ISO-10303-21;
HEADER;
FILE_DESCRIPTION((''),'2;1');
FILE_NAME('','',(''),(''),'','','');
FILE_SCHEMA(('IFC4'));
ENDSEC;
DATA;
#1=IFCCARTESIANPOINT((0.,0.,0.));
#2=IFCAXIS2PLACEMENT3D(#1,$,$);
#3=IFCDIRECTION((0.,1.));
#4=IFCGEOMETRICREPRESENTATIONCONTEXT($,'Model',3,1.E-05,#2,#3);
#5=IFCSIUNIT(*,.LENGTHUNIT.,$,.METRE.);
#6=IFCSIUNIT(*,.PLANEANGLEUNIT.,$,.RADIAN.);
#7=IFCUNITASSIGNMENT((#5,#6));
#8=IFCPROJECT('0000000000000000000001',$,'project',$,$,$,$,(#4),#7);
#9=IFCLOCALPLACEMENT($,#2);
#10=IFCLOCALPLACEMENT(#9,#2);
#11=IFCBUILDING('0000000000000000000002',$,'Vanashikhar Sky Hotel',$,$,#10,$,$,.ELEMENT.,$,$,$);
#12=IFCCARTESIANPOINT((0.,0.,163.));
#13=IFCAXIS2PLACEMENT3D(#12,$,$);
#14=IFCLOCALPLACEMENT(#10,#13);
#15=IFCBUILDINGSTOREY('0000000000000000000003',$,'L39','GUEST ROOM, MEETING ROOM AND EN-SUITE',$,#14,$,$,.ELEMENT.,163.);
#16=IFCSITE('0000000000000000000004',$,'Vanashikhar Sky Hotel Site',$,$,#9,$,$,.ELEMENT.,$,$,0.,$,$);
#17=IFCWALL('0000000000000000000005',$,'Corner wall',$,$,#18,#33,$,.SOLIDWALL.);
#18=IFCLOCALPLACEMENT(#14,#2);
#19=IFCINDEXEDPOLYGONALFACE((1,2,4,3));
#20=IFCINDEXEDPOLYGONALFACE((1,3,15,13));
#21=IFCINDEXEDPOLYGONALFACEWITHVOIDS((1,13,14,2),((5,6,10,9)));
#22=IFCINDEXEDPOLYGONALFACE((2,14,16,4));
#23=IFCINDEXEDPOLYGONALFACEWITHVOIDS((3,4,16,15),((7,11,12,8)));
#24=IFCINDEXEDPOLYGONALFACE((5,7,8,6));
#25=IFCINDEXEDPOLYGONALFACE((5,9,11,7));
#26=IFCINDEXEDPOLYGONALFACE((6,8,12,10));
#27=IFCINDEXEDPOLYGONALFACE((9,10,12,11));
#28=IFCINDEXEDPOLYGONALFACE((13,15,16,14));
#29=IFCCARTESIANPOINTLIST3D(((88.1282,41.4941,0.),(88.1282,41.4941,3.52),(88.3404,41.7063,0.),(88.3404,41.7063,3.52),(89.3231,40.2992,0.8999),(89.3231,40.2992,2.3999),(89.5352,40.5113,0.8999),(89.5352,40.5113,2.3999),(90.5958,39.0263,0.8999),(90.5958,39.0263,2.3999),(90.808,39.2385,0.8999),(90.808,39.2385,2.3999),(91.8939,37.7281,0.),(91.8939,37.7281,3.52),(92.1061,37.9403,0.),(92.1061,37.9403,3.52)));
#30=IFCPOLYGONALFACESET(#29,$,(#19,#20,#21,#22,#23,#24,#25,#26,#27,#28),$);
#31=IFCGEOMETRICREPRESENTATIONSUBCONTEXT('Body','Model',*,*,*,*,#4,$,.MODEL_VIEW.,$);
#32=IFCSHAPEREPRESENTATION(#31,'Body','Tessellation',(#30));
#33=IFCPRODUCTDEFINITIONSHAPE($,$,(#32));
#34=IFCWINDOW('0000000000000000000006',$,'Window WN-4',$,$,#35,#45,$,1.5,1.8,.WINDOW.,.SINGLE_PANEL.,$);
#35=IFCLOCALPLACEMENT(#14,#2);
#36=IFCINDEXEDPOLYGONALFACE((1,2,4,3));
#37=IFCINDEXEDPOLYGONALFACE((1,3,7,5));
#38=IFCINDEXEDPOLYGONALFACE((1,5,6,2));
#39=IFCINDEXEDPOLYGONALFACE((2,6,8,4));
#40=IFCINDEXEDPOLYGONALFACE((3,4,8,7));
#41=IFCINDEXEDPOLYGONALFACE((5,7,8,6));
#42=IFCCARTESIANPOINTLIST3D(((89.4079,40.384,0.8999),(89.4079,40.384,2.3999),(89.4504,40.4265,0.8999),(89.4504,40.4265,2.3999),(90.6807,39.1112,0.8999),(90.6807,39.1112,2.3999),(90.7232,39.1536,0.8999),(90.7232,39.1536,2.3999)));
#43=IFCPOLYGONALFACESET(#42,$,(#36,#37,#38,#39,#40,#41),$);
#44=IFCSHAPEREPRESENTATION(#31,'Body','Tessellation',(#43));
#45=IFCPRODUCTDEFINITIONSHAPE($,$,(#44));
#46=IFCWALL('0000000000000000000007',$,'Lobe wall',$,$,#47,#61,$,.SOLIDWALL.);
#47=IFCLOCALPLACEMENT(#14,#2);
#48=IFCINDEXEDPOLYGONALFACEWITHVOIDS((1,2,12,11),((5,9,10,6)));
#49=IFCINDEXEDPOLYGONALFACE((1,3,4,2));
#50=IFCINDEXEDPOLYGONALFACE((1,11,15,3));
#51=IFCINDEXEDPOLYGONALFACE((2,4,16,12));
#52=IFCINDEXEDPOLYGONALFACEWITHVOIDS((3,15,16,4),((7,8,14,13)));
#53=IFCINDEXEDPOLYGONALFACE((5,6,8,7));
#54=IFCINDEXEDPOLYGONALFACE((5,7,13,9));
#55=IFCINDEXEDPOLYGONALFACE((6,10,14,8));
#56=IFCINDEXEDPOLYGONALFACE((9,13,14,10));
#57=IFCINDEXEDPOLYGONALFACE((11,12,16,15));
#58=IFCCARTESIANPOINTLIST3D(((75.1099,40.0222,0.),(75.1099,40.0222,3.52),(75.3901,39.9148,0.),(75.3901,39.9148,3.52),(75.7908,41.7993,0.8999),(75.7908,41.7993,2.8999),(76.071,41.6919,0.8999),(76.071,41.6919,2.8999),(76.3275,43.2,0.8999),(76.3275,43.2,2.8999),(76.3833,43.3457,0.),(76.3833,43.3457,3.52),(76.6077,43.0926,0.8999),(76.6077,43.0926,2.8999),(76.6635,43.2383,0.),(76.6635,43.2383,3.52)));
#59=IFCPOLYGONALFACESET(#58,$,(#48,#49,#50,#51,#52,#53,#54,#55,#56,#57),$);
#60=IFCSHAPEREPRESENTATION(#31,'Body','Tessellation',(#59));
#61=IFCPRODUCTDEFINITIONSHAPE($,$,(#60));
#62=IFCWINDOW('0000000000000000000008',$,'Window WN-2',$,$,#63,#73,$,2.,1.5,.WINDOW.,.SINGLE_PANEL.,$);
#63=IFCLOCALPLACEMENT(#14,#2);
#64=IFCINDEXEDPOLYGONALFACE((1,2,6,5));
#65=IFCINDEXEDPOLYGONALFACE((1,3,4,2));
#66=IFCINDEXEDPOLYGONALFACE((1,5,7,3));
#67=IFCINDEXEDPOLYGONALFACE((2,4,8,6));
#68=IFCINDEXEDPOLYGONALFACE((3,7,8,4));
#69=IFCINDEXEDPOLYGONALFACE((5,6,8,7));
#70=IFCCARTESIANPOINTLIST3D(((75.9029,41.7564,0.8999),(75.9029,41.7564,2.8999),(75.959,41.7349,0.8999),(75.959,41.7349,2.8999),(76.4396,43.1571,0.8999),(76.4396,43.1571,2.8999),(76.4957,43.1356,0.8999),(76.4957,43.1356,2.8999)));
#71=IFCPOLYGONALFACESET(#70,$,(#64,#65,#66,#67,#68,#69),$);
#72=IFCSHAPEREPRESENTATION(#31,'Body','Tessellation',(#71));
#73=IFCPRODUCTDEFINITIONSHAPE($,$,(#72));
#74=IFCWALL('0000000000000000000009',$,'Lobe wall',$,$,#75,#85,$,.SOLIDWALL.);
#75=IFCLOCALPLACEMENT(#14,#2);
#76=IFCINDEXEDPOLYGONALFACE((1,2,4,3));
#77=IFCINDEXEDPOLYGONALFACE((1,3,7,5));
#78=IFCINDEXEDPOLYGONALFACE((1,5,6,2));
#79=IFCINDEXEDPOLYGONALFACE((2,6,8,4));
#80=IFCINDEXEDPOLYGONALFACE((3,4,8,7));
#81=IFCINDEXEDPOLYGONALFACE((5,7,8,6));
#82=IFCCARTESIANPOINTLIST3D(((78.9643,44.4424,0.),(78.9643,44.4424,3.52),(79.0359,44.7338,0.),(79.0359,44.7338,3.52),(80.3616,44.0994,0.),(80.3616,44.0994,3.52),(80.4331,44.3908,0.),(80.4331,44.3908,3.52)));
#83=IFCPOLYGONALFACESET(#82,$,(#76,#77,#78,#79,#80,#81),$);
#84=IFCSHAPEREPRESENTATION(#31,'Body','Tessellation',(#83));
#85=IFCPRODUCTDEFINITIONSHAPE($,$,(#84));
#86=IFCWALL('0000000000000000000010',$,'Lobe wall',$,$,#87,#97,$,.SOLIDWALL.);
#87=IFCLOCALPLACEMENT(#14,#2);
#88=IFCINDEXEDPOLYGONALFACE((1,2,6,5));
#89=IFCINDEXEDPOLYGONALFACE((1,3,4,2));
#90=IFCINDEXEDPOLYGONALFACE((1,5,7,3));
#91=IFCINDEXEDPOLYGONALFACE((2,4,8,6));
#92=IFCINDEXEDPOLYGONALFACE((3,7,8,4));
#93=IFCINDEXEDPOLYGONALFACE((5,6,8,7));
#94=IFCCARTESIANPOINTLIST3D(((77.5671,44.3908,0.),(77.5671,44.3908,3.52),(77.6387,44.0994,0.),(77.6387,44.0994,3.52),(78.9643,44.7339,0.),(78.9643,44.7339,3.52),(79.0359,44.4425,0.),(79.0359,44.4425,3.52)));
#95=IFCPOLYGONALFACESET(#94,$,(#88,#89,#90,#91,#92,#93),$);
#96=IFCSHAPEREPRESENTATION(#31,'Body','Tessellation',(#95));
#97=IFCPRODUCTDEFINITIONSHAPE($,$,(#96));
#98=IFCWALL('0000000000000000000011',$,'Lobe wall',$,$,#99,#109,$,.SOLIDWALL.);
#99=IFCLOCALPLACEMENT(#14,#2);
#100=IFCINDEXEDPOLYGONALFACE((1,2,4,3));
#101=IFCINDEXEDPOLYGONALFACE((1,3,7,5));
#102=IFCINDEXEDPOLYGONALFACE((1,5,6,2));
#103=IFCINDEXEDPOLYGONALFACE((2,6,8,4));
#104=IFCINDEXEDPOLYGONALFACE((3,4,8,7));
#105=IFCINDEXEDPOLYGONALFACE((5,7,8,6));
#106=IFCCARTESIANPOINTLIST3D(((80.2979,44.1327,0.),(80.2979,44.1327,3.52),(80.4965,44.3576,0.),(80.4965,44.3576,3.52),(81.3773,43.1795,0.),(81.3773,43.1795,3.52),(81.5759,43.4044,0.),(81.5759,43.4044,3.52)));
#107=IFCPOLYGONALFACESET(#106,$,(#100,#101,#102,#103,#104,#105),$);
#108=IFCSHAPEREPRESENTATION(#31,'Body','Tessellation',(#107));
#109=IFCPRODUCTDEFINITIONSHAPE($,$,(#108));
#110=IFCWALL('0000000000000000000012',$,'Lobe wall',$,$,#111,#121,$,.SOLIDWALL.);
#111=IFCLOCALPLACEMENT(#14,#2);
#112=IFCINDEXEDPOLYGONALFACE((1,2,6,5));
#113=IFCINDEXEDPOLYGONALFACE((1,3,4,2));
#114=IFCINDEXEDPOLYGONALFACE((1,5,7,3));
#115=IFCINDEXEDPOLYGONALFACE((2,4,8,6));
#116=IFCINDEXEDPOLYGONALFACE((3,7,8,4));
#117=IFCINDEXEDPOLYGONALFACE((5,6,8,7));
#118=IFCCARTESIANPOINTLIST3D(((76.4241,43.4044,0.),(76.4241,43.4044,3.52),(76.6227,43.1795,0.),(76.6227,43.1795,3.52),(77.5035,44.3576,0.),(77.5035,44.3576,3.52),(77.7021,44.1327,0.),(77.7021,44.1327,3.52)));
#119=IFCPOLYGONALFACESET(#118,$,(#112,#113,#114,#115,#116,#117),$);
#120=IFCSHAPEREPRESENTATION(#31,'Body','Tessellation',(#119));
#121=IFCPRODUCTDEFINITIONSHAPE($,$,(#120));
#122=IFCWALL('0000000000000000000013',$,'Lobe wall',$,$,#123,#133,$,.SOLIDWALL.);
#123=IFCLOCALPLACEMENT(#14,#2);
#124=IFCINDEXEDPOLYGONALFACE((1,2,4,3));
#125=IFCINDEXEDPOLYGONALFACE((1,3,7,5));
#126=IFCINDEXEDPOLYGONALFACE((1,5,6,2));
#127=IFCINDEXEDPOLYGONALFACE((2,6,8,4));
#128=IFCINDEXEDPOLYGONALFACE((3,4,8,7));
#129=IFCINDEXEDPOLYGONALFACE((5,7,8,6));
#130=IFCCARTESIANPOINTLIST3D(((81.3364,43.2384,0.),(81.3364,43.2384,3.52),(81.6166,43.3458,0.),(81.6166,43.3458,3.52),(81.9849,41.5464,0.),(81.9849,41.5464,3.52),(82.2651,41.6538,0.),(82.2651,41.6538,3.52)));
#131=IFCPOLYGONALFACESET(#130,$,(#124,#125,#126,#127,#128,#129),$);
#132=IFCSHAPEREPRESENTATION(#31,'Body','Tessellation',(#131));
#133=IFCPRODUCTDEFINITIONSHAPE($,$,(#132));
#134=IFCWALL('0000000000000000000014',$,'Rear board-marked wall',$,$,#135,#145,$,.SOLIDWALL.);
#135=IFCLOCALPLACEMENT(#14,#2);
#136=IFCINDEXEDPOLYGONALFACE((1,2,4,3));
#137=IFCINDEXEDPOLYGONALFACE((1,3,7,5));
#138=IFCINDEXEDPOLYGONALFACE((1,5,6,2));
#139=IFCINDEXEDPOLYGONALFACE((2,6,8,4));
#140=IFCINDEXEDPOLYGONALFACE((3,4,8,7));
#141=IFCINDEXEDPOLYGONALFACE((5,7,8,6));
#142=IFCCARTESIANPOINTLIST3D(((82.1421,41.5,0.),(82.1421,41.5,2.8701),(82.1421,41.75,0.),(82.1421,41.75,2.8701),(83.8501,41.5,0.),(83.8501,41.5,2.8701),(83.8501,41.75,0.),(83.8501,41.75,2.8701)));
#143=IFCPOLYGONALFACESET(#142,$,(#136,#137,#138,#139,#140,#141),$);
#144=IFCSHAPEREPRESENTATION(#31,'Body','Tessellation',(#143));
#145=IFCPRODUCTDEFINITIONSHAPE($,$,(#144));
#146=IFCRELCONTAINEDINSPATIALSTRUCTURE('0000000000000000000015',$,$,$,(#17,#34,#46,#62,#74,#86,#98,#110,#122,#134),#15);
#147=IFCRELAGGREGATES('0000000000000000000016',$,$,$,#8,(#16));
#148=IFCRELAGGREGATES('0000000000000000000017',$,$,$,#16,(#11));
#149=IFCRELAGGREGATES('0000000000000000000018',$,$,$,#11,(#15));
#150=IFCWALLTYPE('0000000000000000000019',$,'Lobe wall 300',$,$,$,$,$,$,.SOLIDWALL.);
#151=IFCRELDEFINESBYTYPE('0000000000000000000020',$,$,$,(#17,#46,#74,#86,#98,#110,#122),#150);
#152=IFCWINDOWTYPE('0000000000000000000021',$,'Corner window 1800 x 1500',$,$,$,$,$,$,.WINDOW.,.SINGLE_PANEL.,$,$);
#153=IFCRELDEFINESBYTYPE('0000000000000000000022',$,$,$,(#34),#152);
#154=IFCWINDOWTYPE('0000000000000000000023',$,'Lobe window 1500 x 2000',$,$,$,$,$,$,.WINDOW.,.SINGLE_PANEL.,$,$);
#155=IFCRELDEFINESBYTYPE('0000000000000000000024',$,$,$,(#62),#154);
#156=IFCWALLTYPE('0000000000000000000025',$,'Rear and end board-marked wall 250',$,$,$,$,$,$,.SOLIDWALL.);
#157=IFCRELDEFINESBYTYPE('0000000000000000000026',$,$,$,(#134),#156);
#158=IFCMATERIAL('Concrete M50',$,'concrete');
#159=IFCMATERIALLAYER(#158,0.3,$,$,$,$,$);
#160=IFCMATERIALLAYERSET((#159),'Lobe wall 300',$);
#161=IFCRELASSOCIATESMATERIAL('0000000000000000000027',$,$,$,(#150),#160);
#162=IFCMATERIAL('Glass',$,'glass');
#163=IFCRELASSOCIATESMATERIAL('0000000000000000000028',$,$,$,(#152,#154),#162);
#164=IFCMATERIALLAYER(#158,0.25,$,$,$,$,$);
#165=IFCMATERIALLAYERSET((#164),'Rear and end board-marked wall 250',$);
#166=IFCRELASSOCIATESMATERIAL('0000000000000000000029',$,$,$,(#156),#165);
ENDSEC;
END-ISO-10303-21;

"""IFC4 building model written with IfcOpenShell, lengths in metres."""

from ifc_helpers import new_model, si_unit, direction, frame, frame_2d, origin, place, context, subcontext, project, spatial, rectangle, extrude, source, transform, mapped, material, layer, layer_set, type_object, element, fill, save


model = new_model("IFC4")

# Units and contexts
model_context = context("Model", 3, precision=1e-05, world=origin(), true_north=direction((0.0, 1.0)))
body_context = subcontext(model_context, "Body", "Model", "MODEL_VIEW")
ifc_project = project(units=[si_unit("LENGTHUNIT", "METRE"), si_unit("PLANEANGLEUNIT", "RADIAN")], contexts=[model_context])

# Site, building, storey
site_placement = place(None, origin())
site = spatial("IfcSite", under=ifc_project, at=site_placement, Name="Vanashikhar Sky Hotel Site", CompositionType="ELEMENT", RefElevation=0.0)
building_placement = place(site_placement, origin())
building = spatial("IfcBuilding", under=site, at=building_placement, Name="Vanashikhar Sky Hotel", CompositionType="ELEMENT")
storey_placement = place(building_placement, frame((0.0, 0.0, 163.0)))
storey = spatial("IfcBuildingStorey", under=building, at=storey_placement, Name="L39", Description="GUEST ROOM, MEETING ROOM AND EN-SUITE", CompositionType="ELEMENT", Elevation=163.0)

# Walls, openings, windows
ifc_material_1 = material(Name="Concrete M50", Category="concrete")
ifc_layer_1 = layer(ifc_material_1, 0.3)
ifc_layer_set_1 = layer_set([ifc_layer_1], Name="Lobe wall 300")
wall_type_1 = type_object("IfcWallType", Name="Lobe wall 300", PredefinedType="SOLIDWALL", material=ifc_layer_set_1)
shared_shape_1 = source(origin(), body_context, "Body", "SweptSolid", [
    extrude(rectangle(XDim=5.3257, YDim=0.3, at=frame_2d((2.6628, 0.0))), origin(), (0.0, 0.0, 1.0), 3.52),
])
wall_1_placement = place(storey_placement, frame((92.0, 37.8342, 0.0), z_axis=(0.0, 0.0, 1.0), x_axis=(-0.707084, 0.70713, 0.0)))
wall_1 = element("IfcWall", 1, at=wall_1_placement, inside=storey, type_object=wall_type_1, Name="Corner wall", PredefinedType="SOLIDWALL", context=body_context, shape_type="MappedRepresentation", body=[
    mapped(shared_shape_1, transform((0.0, 0.0, 0.0), scale=1.0)),
])
shared_shape_2 = source(origin(), body_context, "Body", "SweptSolid", [
    extrude(rectangle(XDim=1.8, YDim=1.5, at=frame_2d((0.8999, 0.75))), frame((0.0, 0.1602, 0.0), z_axis=(0.0, -1.0, 0.0), x_axis=(1.0, 0.0, 0.0)), (0.0, 0.0, 1.0), 0.3201),
])
opening_1_placement = place(wall_1_placement, frame((1.8359, 0.0, 0.8999)))
opening_1 = element("IfcOpeningElement", 2, at=opening_1_placement, cuts=wall_1, PredefinedType="OPENING", context=body_context, shape_type="MappedRepresentation", body=[
    mapped(shared_shape_2, transform((0.0, 0.0, 0.0), scale=1.0)),
])
ifc_material_2 = material(Name="Glass", Category="glass")
window_type_1 = type_object("IfcWindowType", Name="Corner window 1800 x 1500", PartitioningType="SINGLE_PANEL", PredefinedType="WINDOW", material=ifc_material_2)
shared_shape_3 = source(origin(), body_context, "Body", "SweptSolid", [
    extrude(rectangle(XDim=1.8, YDim=1.5, at=frame_2d((0.8999, 0.75))), frame((0.0, 0.03, 0.0), z_axis=(0.0, -1.0, 0.0), x_axis=(1.0, 0.0, 0.0)), (0.0, 0.0, 1.0), 0.0601),
])
window_1_placement = place(opening_1_placement, origin())
window_1 = element("IfcWindow", 3, at=window_1_placement, inside=storey, type_object=window_type_1, Name="Window WN-4", OverallHeight=1.5, OverallWidth=1.8, PartitioningType="SINGLE_PANEL", PredefinedType="WINDOW", context=body_context, shape_type="MappedRepresentation", body=[
    mapped(shared_shape_3, transform((0.0, 0.0, 0.0), scale=1.0)),
])
fill(opening_1, window_1)
shared_shape_4 = source(origin(), body_context, "Body", "SweptSolid", [
    extrude(rectangle(XDim=3.5591, YDim=0.3, at=frame_2d((1.7795, 0.0))), origin(), (0.0, 0.0, 1.0), 3.52),
])
wall_2_placement = place(storey_placement, frame((76.5234, 43.292, 0.0), z_axis=(0.0, 0.0, 1.0), x_axis=(-0.357797, -0.933799, 0.0)))
wall_2 = element("IfcWall", 4, at=wall_2_placement, inside=storey, type_object=wall_type_1, Name="Lobe wall", PredefinedType="SOLIDWALL", context=body_context, shape_type="MappedRepresentation", body=[
    mapped(shared_shape_4, transform((0.0, 0.0, 0.0), scale=1.0)),
])
shared_shape_5 = source(origin(), body_context, "Body", "SweptSolid", [
    extrude(rectangle(XDim=1.5, YDim=2.0, at=frame_2d((0.75, 1.0))), frame((0.0, 0.1602, 0.0), z_axis=(0.0, -1.0, 0.0), x_axis=(1.0, 0.0, 0.0)), (0.0, 0.0, 1.0), 0.3201),
])
opening_2_placement = place(wall_2_placement, frame((0.156, 0.0, 0.8999)))
opening_2 = element("IfcOpeningElement", 5, at=opening_2_placement, cuts=wall_2, PredefinedType="OPENING", context=body_context, shape_type="MappedRepresentation", body=[
    mapped(shared_shape_5, transform((0.0, 0.0, 0.0), scale=1.0)),
])
window_type_2 = type_object("IfcWindowType", Name="Lobe window 1500 x 2000", PartitioningType="SINGLE_PANEL", PredefinedType="WINDOW", material=ifc_material_2)
shared_shape_6 = source(origin(), body_context, "Body", "SweptSolid", [
    extrude(rectangle(XDim=1.5, YDim=2.0, at=frame_2d((0.75, 1.0))), frame((0.0, 0.03, 0.0), z_axis=(0.0, -1.0, 0.0), x_axis=(1.0, 0.0, 0.0)), (0.0, 0.0, 1.0), 0.0601),
])
window_2_placement = place(opening_2_placement, origin())
window_2 = element("IfcWindow", 6, at=window_2_placement, inside=storey, type_object=window_type_2, Name="Window WN-2", OverallHeight=2.0, OverallWidth=1.5, PartitioningType="SINGLE_PANEL", PredefinedType="WINDOW", context=body_context, shape_type="MappedRepresentation", body=[
    mapped(shared_shape_6, transform((0.0, 0.0, 0.0), scale=1.0)),
])
fill(opening_2, window_2)

# Walls
shared_shape_7 = source(origin(), body_context, "Body", "SweptSolid", [
    extrude(rectangle(XDim=1.4387, YDim=0.3, at=frame_2d((0.7192, 0.0))), origin(), (0.0, 0.0, 1.0), 3.52),
])
for number, where, z_axis, x_axis, name in (
    (7, (80.3972, 44.2451, 0.0), (0.0, 0.0, 1.0), (-0.971162, 0.238421, 0.0), "Lobe wall"),
    (8, (79.0, 44.5881, 0.0), (0.0, 0.0, 1.0), (-0.971162, -0.238421, 0.0), "Lobe wall"),
):
    element("IfcWall", number, at=place(storey_placement, frame(where, z_axis=z_axis, x_axis=x_axis)), inside=storey, type_object=wall_type_1, Name=name, PredefinedType="SOLIDWALL", context=body_context, shape_type="MappedRepresentation", body=[
        mapped(shared_shape_7, transform((0.0, 0.0, 0.0), scale=1.0)),
    ])
shared_shape_8 = source(origin(), body_context, "Body", "SweptSolid", [
    extrude(rectangle(XDim=1.4399, YDim=0.3, at=frame_2d((0.72, 0.0))), origin(), (0.0, 0.0, 1.0), 3.52),
])
for number, where, z_axis, x_axis, name in (
    (9, (81.4766, 43.292, 0.0), (0.0, 0.0, 1.0), (-0.749576, 0.661919, 0.0), "Lobe wall"),
    (10, (77.6028, 44.2451, 0.0), (0.0, 0.0, 1.0), (-0.749576, -0.661919, 0.0), "Lobe wall"),
):
    element("IfcWall", number, at=place(storey_placement, frame(where, z_axis=z_axis, x_axis=x_axis)), inside=storey, type_object=wall_type_1, Name=name, PredefinedType="SOLIDWALL", context=body_context, shape_type="MappedRepresentation", body=[
        mapped(shared_shape_8, transform((0.0, 0.0, 0.0), scale=1.0)),
    ])
shared_shape_9 = source(origin(), body_context, "Body", "SweptSolid", [
    extrude(rectangle(XDim=1.812, YDim=0.3, at=frame_2d((0.906, 0.0))), origin(), (0.0, 0.0, 1.0), 3.52),
])
wall_3_placement = place(storey_placement, frame((82.125, 41.6001, 0.0), z_axis=(0.0, 0.0, 1.0), x_axis=(-0.357877, 0.933769, 0.0)))
element("IfcWall", 11, at=wall_3_placement, inside=storey, type_object=wall_type_1, Name="Lobe wall", PredefinedType="SOLIDWALL", context=body_context, shape_type="MappedRepresentation", body=[
    mapped(shared_shape_9, transform((0.0, 0.0, 0.0), scale=1.0)),
])
ifc_layer_2 = layer(ifc_material_1, 0.25)
ifc_layer_set_2 = layer_set([ifc_layer_2], Name="Rear and end board-marked wall 250")
wall_type_2 = type_object("IfcWallType", Name="Rear and end board-marked wall 250", PredefinedType="SOLIDWALL", material=ifc_layer_set_2)
shared_shape_10 = source(origin(), body_context, "Body", "SweptSolid", [
    extrude(rectangle(XDim=1.708, YDim=0.25, at=frame_2d((0.854, 0.0))), origin(), (0.0, 0.0, 1.0), 2.8701),
])
wall_4_placement = place(storey_placement, frame((83.8501, 41.625, 0.0), z_axis=(0.0, 0.0, 1.0), x_axis=(-1.0, 0.0, 0.0)))
element("IfcWall", 12, at=wall_4_placement, inside=storey, type_object=wall_type_2, Name="Rear board-marked wall", PredefinedType="SOLIDWALL", context=body_context, shape_type="MappedRepresentation", body=[
    mapped(shared_shape_10, transform((0.0, 0.0, 0.0), scale=1.0)),
])

save(model, "model.ifc")
